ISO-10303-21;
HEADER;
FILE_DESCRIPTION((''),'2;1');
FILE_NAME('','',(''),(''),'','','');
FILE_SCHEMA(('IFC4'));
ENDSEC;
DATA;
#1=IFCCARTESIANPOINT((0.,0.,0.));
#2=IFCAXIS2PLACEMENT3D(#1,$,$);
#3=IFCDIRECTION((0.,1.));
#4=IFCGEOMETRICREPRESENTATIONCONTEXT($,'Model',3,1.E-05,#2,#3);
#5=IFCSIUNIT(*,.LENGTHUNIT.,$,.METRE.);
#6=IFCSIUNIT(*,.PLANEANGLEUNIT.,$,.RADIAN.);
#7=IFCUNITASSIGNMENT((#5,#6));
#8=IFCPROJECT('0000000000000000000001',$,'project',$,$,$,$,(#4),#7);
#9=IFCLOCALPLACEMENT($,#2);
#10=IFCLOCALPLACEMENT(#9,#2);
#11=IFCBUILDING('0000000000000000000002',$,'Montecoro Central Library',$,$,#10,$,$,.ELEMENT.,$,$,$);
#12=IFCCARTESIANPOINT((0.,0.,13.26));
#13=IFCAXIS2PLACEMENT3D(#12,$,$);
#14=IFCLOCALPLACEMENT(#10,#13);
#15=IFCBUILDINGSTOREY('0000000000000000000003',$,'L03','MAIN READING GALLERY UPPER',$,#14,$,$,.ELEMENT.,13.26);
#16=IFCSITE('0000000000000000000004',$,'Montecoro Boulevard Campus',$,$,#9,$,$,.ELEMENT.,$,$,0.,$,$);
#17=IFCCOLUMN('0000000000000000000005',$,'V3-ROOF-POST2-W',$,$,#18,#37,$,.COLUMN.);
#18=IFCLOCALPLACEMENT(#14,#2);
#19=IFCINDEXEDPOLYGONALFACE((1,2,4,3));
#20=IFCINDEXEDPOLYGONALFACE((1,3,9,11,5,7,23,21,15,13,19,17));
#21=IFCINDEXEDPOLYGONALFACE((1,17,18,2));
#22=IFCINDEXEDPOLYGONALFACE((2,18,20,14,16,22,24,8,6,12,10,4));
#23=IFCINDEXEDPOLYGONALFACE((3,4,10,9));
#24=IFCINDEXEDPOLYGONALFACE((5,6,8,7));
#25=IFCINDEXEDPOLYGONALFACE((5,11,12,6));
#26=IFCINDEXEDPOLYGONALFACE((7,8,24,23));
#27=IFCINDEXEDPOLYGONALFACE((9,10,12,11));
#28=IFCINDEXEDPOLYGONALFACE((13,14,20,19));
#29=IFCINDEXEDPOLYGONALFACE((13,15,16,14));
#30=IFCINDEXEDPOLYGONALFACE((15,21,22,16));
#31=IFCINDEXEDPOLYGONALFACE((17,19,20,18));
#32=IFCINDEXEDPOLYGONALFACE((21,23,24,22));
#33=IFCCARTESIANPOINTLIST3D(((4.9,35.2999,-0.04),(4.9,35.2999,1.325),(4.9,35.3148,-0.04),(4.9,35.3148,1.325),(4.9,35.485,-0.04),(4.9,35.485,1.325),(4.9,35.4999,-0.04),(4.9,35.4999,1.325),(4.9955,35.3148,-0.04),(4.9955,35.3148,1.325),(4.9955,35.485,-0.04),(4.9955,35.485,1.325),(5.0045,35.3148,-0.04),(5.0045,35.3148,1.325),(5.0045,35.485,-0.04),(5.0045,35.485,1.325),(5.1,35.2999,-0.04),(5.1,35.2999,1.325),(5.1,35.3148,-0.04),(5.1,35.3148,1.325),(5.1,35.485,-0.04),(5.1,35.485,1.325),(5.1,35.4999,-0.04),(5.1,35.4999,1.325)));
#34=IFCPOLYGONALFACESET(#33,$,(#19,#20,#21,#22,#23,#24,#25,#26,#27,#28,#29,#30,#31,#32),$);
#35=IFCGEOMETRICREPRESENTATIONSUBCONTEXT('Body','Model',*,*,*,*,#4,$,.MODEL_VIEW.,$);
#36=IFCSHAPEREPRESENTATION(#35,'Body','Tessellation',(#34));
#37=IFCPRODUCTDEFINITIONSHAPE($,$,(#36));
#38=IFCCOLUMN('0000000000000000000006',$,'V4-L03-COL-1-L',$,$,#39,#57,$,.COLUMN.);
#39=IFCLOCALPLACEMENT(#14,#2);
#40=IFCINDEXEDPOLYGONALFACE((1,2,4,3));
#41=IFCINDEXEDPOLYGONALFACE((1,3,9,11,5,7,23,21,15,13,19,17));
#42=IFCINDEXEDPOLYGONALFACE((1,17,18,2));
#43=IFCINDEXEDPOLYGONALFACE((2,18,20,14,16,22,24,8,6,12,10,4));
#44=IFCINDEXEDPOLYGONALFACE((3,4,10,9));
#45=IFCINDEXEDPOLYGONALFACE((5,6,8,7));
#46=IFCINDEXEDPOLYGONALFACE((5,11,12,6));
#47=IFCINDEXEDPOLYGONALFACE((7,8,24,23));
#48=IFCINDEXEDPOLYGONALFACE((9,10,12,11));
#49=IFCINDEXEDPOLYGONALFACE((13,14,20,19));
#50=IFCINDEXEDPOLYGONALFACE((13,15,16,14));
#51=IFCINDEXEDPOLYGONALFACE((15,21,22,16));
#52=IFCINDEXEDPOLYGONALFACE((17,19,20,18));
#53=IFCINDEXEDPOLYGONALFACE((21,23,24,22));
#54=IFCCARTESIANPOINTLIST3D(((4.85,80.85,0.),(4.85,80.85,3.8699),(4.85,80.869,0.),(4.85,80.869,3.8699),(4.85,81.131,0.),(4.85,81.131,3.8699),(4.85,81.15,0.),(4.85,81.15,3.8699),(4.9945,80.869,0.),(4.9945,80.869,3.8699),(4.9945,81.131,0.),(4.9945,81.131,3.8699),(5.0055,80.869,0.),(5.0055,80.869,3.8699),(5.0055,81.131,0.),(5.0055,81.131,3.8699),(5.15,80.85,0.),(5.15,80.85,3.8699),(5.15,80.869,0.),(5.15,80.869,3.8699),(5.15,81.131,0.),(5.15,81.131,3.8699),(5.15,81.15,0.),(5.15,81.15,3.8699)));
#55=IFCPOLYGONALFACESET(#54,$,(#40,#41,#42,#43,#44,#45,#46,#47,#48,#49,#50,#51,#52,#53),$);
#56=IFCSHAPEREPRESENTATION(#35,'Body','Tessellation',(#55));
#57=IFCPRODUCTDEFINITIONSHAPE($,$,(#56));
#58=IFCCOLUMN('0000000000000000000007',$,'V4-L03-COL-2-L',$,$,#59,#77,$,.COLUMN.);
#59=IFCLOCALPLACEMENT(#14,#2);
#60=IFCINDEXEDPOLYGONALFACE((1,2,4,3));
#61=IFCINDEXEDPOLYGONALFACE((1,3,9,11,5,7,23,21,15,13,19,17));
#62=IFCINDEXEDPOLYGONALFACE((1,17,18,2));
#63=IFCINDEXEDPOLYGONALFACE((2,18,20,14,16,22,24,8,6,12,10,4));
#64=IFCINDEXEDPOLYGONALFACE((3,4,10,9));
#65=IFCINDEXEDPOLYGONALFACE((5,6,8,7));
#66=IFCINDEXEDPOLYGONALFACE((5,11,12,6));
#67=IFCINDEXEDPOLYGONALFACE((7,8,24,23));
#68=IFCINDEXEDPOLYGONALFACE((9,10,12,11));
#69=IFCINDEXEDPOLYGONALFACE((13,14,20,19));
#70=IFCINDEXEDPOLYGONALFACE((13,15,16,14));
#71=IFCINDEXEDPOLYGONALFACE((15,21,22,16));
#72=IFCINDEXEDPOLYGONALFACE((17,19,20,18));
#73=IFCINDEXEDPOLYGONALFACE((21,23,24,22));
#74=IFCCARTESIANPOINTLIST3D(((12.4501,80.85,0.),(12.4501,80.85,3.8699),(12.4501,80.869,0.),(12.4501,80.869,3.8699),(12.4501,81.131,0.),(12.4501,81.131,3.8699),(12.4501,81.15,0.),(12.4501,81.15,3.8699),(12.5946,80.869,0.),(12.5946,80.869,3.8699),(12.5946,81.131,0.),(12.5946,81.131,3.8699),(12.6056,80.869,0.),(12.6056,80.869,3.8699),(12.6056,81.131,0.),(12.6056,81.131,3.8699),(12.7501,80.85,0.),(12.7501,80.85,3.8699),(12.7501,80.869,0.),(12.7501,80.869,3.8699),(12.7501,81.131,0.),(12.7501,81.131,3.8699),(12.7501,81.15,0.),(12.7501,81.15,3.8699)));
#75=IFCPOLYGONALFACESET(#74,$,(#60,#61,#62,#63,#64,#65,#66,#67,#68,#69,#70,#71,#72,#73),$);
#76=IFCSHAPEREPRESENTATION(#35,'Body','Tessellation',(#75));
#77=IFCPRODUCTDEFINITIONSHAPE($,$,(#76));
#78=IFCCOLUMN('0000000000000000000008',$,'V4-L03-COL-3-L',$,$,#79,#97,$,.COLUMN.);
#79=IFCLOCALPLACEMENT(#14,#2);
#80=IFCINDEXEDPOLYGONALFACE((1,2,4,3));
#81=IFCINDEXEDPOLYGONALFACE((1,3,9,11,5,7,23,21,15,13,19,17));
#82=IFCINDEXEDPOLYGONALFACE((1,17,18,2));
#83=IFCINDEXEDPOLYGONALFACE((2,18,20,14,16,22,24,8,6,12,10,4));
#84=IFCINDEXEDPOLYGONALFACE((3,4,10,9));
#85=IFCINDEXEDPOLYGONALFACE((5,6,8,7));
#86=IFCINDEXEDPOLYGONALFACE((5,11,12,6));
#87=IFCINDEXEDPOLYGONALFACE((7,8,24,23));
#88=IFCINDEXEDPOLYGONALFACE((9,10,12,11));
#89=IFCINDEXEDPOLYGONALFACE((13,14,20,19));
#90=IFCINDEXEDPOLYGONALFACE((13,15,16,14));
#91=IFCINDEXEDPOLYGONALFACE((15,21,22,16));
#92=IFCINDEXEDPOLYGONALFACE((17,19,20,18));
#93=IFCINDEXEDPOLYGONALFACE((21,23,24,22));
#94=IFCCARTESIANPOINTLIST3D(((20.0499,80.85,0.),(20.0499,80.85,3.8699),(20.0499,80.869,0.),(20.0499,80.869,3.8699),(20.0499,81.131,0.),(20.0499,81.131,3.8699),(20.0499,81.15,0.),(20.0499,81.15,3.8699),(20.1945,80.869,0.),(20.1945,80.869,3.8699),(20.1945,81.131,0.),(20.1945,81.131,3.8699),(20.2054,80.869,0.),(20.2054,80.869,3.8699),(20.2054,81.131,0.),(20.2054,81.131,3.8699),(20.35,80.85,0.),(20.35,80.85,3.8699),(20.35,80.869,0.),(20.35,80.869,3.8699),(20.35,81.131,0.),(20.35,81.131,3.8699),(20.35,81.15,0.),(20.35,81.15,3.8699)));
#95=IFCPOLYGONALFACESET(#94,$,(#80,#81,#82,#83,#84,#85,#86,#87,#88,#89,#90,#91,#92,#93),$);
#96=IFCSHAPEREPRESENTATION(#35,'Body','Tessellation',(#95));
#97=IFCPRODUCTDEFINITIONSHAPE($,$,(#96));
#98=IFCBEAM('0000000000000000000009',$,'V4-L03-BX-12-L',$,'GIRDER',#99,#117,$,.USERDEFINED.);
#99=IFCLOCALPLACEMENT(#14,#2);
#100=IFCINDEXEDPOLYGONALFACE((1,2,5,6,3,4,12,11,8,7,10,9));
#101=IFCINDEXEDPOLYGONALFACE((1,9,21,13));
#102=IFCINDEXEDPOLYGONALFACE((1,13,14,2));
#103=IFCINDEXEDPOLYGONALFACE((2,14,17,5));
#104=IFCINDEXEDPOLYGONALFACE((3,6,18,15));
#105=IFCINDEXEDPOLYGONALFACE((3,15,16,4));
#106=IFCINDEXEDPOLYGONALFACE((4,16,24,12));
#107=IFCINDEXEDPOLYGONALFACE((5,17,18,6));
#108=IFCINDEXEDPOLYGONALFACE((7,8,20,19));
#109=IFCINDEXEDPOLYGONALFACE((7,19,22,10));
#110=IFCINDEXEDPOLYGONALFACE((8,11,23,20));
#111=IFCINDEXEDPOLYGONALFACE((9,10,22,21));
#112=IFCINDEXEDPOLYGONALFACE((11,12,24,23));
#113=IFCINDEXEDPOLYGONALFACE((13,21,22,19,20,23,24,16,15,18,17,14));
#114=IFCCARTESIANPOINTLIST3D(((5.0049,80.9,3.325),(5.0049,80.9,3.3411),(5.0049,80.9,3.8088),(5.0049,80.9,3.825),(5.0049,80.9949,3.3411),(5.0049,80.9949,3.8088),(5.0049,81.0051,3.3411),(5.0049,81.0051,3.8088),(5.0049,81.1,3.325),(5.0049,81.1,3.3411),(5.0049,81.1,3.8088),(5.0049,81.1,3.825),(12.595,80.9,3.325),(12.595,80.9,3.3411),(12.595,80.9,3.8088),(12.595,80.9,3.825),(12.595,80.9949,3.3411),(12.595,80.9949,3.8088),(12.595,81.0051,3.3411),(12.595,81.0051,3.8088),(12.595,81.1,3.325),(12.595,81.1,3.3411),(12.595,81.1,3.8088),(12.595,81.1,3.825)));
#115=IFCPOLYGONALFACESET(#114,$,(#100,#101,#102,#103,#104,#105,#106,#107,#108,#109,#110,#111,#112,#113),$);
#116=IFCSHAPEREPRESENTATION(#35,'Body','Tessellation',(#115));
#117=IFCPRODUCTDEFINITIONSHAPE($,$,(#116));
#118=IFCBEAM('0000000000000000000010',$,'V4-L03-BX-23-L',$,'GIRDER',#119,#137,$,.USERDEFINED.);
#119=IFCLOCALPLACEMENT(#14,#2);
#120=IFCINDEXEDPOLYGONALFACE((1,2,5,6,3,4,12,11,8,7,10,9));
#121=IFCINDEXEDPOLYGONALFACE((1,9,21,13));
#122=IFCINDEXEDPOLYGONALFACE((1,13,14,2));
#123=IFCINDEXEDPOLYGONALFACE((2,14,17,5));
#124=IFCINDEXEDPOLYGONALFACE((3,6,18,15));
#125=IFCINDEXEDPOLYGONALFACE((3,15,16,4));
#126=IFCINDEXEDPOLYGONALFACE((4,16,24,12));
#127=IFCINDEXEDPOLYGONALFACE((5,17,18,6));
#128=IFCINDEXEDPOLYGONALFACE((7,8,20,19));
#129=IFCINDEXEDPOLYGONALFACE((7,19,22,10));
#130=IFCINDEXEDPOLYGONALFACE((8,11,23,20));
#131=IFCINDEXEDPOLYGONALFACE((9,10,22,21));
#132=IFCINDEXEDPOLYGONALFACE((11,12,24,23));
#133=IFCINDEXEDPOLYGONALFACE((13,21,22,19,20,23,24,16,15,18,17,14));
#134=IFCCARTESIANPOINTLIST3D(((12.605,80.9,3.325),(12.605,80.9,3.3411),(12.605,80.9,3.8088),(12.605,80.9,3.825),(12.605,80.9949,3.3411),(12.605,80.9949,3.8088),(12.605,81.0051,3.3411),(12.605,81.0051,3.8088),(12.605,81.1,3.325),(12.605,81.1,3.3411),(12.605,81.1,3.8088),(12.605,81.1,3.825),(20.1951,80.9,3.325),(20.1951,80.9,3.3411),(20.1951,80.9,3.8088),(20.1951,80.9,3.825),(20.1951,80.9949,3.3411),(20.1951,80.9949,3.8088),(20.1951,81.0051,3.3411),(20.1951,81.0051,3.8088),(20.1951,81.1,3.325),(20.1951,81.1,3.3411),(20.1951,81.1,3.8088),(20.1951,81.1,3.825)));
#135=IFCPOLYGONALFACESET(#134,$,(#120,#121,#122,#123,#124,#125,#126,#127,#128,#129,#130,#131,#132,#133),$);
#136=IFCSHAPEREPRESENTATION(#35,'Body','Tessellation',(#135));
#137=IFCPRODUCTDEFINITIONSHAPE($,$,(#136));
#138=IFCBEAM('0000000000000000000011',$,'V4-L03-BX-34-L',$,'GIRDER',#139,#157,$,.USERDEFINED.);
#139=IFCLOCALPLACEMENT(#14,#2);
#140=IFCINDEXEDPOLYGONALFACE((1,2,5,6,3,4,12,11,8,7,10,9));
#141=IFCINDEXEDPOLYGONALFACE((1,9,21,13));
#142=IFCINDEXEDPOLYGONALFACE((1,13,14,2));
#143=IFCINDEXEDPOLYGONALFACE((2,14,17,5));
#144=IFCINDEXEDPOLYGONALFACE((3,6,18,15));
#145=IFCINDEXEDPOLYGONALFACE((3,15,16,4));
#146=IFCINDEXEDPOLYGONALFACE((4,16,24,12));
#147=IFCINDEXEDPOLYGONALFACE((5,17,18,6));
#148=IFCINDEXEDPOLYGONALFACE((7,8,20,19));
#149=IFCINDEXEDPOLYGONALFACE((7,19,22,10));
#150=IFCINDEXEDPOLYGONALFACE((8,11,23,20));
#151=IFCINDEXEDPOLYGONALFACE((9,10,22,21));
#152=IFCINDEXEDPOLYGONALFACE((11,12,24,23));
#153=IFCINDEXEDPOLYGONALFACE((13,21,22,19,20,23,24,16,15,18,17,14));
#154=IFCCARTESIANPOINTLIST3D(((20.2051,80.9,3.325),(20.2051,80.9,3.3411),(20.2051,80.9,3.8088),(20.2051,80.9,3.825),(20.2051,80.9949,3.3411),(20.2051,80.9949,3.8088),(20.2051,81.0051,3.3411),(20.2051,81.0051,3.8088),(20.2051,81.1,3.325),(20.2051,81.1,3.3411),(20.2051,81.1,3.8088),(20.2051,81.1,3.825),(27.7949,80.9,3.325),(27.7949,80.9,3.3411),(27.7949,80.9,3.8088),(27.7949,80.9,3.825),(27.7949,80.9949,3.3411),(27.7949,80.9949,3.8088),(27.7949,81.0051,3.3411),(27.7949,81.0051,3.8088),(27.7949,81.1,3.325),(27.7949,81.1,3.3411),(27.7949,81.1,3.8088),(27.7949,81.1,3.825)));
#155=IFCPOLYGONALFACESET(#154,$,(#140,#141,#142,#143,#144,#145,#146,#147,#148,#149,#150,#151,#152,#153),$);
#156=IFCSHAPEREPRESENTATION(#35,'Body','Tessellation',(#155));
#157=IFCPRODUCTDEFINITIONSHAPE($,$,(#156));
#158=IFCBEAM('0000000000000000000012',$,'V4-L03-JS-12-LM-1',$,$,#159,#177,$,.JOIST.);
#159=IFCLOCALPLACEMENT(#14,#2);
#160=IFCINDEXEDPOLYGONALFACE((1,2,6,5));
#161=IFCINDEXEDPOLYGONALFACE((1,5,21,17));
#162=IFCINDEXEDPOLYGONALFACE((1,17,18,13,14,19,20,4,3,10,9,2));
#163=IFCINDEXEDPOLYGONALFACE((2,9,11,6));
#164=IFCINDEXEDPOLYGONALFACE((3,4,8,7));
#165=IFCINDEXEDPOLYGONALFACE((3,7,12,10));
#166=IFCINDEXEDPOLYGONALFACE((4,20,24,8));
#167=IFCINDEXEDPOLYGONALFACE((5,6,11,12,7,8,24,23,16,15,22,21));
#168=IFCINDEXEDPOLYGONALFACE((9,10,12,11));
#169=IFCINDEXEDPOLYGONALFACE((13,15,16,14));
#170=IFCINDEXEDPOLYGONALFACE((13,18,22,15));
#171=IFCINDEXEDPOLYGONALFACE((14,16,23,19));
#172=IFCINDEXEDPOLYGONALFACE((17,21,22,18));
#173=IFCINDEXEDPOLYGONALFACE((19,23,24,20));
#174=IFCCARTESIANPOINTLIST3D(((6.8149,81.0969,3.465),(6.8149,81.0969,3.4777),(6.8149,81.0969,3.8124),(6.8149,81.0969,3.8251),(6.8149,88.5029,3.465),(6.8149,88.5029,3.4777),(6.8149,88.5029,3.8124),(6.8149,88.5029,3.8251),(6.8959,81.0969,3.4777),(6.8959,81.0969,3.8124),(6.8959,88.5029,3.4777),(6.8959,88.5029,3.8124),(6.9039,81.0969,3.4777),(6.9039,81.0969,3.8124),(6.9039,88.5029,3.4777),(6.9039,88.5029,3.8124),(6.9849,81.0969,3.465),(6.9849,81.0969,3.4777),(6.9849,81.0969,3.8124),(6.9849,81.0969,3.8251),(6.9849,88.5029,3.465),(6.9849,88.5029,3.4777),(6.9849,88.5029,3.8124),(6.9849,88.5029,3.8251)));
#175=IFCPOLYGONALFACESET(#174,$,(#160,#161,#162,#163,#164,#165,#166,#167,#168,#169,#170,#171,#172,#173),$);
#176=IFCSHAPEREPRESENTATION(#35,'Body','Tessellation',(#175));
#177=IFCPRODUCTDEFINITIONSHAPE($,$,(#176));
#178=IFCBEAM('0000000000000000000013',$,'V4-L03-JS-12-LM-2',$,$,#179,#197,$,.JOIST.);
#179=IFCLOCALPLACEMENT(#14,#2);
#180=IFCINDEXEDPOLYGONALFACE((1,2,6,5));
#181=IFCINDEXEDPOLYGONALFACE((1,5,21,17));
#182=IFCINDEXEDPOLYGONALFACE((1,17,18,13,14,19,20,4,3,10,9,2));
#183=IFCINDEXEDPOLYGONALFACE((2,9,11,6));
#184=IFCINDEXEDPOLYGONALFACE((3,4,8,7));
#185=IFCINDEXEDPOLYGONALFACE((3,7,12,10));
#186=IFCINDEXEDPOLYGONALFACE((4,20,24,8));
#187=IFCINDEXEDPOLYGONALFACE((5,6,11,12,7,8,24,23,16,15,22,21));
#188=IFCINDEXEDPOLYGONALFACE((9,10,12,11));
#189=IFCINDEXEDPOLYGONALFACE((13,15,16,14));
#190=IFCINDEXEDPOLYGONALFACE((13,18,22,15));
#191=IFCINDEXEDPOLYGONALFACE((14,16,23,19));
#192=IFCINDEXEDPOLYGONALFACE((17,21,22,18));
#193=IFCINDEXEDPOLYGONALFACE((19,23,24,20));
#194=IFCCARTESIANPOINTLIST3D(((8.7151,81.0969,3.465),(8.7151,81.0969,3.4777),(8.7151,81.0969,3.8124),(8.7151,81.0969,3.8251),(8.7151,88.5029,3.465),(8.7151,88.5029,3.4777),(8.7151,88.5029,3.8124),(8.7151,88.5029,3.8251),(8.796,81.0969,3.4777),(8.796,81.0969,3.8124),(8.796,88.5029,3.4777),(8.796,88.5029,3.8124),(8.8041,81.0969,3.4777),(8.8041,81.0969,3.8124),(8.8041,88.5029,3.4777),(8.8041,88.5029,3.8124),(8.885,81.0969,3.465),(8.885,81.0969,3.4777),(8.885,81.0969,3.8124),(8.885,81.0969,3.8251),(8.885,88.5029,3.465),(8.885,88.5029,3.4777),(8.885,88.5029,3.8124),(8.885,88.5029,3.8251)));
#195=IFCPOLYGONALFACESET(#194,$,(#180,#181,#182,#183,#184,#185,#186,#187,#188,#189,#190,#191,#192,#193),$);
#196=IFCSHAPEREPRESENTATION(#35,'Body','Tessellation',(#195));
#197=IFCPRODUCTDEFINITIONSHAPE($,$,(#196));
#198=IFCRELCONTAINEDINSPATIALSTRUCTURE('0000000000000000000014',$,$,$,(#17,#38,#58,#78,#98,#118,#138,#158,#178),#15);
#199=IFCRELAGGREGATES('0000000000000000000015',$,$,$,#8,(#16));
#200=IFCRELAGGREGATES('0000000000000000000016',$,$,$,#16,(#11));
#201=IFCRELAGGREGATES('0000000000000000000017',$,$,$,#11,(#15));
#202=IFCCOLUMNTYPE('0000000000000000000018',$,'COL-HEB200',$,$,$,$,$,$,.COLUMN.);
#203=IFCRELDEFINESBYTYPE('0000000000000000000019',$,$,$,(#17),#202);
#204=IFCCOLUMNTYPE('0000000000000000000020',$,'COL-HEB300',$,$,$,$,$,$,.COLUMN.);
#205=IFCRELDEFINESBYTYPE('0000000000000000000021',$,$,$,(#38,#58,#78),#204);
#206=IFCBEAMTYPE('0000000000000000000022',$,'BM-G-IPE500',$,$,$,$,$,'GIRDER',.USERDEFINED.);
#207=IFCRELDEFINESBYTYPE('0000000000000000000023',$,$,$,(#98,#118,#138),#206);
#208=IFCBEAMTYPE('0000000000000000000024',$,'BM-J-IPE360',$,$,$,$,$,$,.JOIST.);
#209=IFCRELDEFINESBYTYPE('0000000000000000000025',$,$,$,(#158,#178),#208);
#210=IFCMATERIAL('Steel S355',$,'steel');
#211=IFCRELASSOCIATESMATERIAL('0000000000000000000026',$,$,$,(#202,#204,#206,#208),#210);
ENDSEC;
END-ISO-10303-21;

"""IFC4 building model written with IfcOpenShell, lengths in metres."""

from ifc_helpers import new_model, si_unit, direction, frame, origin, origin_2d, place, context, subcontext, project, spatial, i_section, extrude, material, material_profile, profile_set, type_object, element, save


model = new_model("IFC4")

# Units and contexts
model_context = context("Model", 3, precision=1e-05, world=origin(), true_north=direction((0.0, 1.0)))
body_context = subcontext(model_context, "Body", "Model", "MODEL_VIEW")
ifc_project = project(units=[si_unit("LENGTHUNIT", "METRE"), si_unit("PLANEANGLEUNIT", "RADIAN")], contexts=[model_context])

# Site, building, storey
site_placement = place(None, origin())
site = spatial("IfcSite", under=ifc_project, at=site_placement, Name="Montecoro Boulevard Campus", CompositionType="ELEMENT", RefElevation=0.0)
building_placement = place(site_placement, origin())
building = spatial("IfcBuilding", under=site, at=building_placement, Name="Montecoro Central Library", CompositionType="ELEMENT")
storey_placement = place(building_placement, frame((0.0, 0.0, 13.26)))
storey = spatial("IfcBuildingStorey", under=building, at=storey_placement, Name="L03", Description="MAIN READING GALLERY UPPER", CompositionType="ELEMENT", Elevation=13.26)

# Columns
ifc_material_1 = material(Name="Steel S355", Category="steel")
ifc_material_profile_1 = material_profile(ifc_material_1, i_section(OverallWidth=0.2, OverallDepth=0.2, WebThickness=0.009, FlangeThickness=0.0149, at=origin_2d()), Name="HEB 200")
ifc_profile_set_1 = profile_set([ifc_material_profile_1], Name="Steel S355")
column_type_1 = type_object("IfcColumnType", Name="COL-HEB200", PredefinedType="COLUMN", material=ifc_profile_set_1)
column_placement = place(storey_placement, frame((5.0, 35.3999, -0.04), z_axis=(0.0, 0.0, 1.0), x_axis=(1.0, 0.0, 0.0)))
element("IfcColumn", 1, at=column_placement, inside=storey, type_object=column_type_1, Name="V3-ROOF-POST2-W", PredefinedType="COLUMN", context=body_context, shape_type="SweptSolid", body=[
    extrude(i_section(OverallWidth=0.2, OverallDepth=0.2, WebThickness=0.009, FlangeThickness=0.0149, at=origin_2d()), origin(), (0.0, 0.0, 1.0), 1.365),
])
ifc_material_profile_2 = material_profile(ifc_material_1, i_section(OverallWidth=0.3, OverallDepth=0.3, WebThickness=0.011, FlangeThickness=0.019, at=origin_2d()), Name="HEB 300")
ifc_profile_set_2 = profile_set([ifc_material_profile_2], Name="Steel S355")
column_type_2 = type_object("IfcColumnType", Name="COL-HEB300", PredefinedType="COLUMN", material=ifc_profile_set_2)
for number, where, z_axis, x_axis, name in (
    (2, (5.0, 81.0, 0.0), (0.0, 0.0, 1.0), (1.0, 0.0, 0.0), "V4-L03-COL-1-L"),
    (3, (12.6001, 81.0, 0.0), (0.0, 0.0, 1.0), (1.0, 0.0, 0.0), "V4-L03-COL-2-L"),
    (4, (20.2, 81.0, 0.0), (0.0, 0.0, 1.0), (1.0, 0.0, 0.0), "V4-L03-COL-3-L"),
):
    element("IfcColumn", number, at=place(storey_placement, frame(where, z_axis=z_axis, x_axis=x_axis)), inside=storey, type_object=column_type_2, Name=name, PredefinedType="COLUMN", context=body_context, shape_type="SweptSolid", body=[
        extrude(i_section(OverallWidth=0.3, OverallDepth=0.3, WebThickness=0.011, FlangeThickness=0.019, at=origin_2d()), origin(), (0.0, 0.0, 1.0), 3.8699),
    ])

# Beams
ifc_material_profile_3 = material_profile(ifc_material_1, i_section(OverallWidth=0.2, OverallDepth=0.5, WebThickness=0.0103, FlangeThickness=0.0161, at=origin_2d()), Name="IPE 500")
ifc_profile_set_3 = profile_set([ifc_material_profile_3], Name="Steel S355")
beam_type_1 = type_object("IfcBeamType", Name="BM-G-IPE500", ElementType="GIRDER", PredefinedType="USERDEFINED", material=ifc_profile_set_3)
for number, where, z_axis, x_axis, name in (
    (5, (5.0049, 81.0, 3.575), (1.0, 0.0, 0.0), (0.0, 1.0, 0.0), "V4-L03-BX-12-L"),
    (6, (12.605, 81.0, 3.575), (1.0, 0.0, 0.0), (0.0, 1.0, 0.0), "V4-L03-BX-23-L"),
):
    element("IfcBeam", number, at=place(storey_placement, frame(where, z_axis=z_axis, x_axis=x_axis)), inside=storey, type_object=beam_type_1, Name=name, ObjectType="GIRDER", PredefinedType="USERDEFINED", context=body_context, shape_type="SweptSolid", body=[
        extrude(i_section(OverallWidth=0.2, OverallDepth=0.5, WebThickness=0.0103, FlangeThickness=0.0161, at=origin_2d()), origin(), (0.0, 0.0, 1.0), 7.5901),
    ])
beam_placement = place(storey_placement, frame((20.2051, 81.0, 3.575), z_axis=(1.0, 0.0, 0.0), x_axis=(0.0, 1.0, 0.0)))
element("IfcBeam", 7, at=beam_placement, inside=storey, type_object=beam_type_1, Name="V4-L03-BX-34-L", ObjectType="GIRDER", PredefinedType="USERDEFINED", context=body_context, shape_type="SweptSolid", body=[
    extrude(i_section(OverallWidth=0.2, OverallDepth=0.5, WebThickness=0.0103, FlangeThickness=0.0161, at=origin_2d()), origin(), (0.0, 0.0, 1.0), 7.5898),
])
ifc_material_profile_4 = material_profile(ifc_material_1, i_section(OverallWidth=0.1699, OverallDepth=0.3601, WebThickness=0.0081, FlangeThickness=0.0127, at=origin_2d()), Name="IPE 360")
ifc_profile_set_4 = profile_set([ifc_material_profile_4], Name="Steel S355")
beam_type_2 = type_object("IfcBeamType", Name="BM-J-IPE360", PredefinedType="JOIST", material=ifc_profile_set_4)
for number, where, z_axis, x_axis, name in (
    (8, (6.8999, 81.0969, 3.645), (0.0, 1.0, 0.0), (-1.0, 0.0, 0.0), "V4-L03-JS-12-LM-1"),
    (9, (8.8, 81.0969, 3.645), (0.0, 1.0, 0.0), (-1.0, 0.0, 0.0), "V4-L03-JS-12-LM-2"),
):
    element("IfcBeam", number, at=place(storey_placement, frame(where, z_axis=z_axis, x_axis=x_axis)), inside=storey, type_object=beam_type_2, Name=name, PredefinedType="JOIST", context=body_context, shape_type="SweptSolid", body=[
        extrude(i_section(OverallWidth=0.1699, OverallDepth=0.3601, WebThickness=0.0081, FlangeThickness=0.0127, at=origin_2d()), origin(), (0.0, 0.0, 1.0), 7.406),
    ])

save(model, "model.ifc")
